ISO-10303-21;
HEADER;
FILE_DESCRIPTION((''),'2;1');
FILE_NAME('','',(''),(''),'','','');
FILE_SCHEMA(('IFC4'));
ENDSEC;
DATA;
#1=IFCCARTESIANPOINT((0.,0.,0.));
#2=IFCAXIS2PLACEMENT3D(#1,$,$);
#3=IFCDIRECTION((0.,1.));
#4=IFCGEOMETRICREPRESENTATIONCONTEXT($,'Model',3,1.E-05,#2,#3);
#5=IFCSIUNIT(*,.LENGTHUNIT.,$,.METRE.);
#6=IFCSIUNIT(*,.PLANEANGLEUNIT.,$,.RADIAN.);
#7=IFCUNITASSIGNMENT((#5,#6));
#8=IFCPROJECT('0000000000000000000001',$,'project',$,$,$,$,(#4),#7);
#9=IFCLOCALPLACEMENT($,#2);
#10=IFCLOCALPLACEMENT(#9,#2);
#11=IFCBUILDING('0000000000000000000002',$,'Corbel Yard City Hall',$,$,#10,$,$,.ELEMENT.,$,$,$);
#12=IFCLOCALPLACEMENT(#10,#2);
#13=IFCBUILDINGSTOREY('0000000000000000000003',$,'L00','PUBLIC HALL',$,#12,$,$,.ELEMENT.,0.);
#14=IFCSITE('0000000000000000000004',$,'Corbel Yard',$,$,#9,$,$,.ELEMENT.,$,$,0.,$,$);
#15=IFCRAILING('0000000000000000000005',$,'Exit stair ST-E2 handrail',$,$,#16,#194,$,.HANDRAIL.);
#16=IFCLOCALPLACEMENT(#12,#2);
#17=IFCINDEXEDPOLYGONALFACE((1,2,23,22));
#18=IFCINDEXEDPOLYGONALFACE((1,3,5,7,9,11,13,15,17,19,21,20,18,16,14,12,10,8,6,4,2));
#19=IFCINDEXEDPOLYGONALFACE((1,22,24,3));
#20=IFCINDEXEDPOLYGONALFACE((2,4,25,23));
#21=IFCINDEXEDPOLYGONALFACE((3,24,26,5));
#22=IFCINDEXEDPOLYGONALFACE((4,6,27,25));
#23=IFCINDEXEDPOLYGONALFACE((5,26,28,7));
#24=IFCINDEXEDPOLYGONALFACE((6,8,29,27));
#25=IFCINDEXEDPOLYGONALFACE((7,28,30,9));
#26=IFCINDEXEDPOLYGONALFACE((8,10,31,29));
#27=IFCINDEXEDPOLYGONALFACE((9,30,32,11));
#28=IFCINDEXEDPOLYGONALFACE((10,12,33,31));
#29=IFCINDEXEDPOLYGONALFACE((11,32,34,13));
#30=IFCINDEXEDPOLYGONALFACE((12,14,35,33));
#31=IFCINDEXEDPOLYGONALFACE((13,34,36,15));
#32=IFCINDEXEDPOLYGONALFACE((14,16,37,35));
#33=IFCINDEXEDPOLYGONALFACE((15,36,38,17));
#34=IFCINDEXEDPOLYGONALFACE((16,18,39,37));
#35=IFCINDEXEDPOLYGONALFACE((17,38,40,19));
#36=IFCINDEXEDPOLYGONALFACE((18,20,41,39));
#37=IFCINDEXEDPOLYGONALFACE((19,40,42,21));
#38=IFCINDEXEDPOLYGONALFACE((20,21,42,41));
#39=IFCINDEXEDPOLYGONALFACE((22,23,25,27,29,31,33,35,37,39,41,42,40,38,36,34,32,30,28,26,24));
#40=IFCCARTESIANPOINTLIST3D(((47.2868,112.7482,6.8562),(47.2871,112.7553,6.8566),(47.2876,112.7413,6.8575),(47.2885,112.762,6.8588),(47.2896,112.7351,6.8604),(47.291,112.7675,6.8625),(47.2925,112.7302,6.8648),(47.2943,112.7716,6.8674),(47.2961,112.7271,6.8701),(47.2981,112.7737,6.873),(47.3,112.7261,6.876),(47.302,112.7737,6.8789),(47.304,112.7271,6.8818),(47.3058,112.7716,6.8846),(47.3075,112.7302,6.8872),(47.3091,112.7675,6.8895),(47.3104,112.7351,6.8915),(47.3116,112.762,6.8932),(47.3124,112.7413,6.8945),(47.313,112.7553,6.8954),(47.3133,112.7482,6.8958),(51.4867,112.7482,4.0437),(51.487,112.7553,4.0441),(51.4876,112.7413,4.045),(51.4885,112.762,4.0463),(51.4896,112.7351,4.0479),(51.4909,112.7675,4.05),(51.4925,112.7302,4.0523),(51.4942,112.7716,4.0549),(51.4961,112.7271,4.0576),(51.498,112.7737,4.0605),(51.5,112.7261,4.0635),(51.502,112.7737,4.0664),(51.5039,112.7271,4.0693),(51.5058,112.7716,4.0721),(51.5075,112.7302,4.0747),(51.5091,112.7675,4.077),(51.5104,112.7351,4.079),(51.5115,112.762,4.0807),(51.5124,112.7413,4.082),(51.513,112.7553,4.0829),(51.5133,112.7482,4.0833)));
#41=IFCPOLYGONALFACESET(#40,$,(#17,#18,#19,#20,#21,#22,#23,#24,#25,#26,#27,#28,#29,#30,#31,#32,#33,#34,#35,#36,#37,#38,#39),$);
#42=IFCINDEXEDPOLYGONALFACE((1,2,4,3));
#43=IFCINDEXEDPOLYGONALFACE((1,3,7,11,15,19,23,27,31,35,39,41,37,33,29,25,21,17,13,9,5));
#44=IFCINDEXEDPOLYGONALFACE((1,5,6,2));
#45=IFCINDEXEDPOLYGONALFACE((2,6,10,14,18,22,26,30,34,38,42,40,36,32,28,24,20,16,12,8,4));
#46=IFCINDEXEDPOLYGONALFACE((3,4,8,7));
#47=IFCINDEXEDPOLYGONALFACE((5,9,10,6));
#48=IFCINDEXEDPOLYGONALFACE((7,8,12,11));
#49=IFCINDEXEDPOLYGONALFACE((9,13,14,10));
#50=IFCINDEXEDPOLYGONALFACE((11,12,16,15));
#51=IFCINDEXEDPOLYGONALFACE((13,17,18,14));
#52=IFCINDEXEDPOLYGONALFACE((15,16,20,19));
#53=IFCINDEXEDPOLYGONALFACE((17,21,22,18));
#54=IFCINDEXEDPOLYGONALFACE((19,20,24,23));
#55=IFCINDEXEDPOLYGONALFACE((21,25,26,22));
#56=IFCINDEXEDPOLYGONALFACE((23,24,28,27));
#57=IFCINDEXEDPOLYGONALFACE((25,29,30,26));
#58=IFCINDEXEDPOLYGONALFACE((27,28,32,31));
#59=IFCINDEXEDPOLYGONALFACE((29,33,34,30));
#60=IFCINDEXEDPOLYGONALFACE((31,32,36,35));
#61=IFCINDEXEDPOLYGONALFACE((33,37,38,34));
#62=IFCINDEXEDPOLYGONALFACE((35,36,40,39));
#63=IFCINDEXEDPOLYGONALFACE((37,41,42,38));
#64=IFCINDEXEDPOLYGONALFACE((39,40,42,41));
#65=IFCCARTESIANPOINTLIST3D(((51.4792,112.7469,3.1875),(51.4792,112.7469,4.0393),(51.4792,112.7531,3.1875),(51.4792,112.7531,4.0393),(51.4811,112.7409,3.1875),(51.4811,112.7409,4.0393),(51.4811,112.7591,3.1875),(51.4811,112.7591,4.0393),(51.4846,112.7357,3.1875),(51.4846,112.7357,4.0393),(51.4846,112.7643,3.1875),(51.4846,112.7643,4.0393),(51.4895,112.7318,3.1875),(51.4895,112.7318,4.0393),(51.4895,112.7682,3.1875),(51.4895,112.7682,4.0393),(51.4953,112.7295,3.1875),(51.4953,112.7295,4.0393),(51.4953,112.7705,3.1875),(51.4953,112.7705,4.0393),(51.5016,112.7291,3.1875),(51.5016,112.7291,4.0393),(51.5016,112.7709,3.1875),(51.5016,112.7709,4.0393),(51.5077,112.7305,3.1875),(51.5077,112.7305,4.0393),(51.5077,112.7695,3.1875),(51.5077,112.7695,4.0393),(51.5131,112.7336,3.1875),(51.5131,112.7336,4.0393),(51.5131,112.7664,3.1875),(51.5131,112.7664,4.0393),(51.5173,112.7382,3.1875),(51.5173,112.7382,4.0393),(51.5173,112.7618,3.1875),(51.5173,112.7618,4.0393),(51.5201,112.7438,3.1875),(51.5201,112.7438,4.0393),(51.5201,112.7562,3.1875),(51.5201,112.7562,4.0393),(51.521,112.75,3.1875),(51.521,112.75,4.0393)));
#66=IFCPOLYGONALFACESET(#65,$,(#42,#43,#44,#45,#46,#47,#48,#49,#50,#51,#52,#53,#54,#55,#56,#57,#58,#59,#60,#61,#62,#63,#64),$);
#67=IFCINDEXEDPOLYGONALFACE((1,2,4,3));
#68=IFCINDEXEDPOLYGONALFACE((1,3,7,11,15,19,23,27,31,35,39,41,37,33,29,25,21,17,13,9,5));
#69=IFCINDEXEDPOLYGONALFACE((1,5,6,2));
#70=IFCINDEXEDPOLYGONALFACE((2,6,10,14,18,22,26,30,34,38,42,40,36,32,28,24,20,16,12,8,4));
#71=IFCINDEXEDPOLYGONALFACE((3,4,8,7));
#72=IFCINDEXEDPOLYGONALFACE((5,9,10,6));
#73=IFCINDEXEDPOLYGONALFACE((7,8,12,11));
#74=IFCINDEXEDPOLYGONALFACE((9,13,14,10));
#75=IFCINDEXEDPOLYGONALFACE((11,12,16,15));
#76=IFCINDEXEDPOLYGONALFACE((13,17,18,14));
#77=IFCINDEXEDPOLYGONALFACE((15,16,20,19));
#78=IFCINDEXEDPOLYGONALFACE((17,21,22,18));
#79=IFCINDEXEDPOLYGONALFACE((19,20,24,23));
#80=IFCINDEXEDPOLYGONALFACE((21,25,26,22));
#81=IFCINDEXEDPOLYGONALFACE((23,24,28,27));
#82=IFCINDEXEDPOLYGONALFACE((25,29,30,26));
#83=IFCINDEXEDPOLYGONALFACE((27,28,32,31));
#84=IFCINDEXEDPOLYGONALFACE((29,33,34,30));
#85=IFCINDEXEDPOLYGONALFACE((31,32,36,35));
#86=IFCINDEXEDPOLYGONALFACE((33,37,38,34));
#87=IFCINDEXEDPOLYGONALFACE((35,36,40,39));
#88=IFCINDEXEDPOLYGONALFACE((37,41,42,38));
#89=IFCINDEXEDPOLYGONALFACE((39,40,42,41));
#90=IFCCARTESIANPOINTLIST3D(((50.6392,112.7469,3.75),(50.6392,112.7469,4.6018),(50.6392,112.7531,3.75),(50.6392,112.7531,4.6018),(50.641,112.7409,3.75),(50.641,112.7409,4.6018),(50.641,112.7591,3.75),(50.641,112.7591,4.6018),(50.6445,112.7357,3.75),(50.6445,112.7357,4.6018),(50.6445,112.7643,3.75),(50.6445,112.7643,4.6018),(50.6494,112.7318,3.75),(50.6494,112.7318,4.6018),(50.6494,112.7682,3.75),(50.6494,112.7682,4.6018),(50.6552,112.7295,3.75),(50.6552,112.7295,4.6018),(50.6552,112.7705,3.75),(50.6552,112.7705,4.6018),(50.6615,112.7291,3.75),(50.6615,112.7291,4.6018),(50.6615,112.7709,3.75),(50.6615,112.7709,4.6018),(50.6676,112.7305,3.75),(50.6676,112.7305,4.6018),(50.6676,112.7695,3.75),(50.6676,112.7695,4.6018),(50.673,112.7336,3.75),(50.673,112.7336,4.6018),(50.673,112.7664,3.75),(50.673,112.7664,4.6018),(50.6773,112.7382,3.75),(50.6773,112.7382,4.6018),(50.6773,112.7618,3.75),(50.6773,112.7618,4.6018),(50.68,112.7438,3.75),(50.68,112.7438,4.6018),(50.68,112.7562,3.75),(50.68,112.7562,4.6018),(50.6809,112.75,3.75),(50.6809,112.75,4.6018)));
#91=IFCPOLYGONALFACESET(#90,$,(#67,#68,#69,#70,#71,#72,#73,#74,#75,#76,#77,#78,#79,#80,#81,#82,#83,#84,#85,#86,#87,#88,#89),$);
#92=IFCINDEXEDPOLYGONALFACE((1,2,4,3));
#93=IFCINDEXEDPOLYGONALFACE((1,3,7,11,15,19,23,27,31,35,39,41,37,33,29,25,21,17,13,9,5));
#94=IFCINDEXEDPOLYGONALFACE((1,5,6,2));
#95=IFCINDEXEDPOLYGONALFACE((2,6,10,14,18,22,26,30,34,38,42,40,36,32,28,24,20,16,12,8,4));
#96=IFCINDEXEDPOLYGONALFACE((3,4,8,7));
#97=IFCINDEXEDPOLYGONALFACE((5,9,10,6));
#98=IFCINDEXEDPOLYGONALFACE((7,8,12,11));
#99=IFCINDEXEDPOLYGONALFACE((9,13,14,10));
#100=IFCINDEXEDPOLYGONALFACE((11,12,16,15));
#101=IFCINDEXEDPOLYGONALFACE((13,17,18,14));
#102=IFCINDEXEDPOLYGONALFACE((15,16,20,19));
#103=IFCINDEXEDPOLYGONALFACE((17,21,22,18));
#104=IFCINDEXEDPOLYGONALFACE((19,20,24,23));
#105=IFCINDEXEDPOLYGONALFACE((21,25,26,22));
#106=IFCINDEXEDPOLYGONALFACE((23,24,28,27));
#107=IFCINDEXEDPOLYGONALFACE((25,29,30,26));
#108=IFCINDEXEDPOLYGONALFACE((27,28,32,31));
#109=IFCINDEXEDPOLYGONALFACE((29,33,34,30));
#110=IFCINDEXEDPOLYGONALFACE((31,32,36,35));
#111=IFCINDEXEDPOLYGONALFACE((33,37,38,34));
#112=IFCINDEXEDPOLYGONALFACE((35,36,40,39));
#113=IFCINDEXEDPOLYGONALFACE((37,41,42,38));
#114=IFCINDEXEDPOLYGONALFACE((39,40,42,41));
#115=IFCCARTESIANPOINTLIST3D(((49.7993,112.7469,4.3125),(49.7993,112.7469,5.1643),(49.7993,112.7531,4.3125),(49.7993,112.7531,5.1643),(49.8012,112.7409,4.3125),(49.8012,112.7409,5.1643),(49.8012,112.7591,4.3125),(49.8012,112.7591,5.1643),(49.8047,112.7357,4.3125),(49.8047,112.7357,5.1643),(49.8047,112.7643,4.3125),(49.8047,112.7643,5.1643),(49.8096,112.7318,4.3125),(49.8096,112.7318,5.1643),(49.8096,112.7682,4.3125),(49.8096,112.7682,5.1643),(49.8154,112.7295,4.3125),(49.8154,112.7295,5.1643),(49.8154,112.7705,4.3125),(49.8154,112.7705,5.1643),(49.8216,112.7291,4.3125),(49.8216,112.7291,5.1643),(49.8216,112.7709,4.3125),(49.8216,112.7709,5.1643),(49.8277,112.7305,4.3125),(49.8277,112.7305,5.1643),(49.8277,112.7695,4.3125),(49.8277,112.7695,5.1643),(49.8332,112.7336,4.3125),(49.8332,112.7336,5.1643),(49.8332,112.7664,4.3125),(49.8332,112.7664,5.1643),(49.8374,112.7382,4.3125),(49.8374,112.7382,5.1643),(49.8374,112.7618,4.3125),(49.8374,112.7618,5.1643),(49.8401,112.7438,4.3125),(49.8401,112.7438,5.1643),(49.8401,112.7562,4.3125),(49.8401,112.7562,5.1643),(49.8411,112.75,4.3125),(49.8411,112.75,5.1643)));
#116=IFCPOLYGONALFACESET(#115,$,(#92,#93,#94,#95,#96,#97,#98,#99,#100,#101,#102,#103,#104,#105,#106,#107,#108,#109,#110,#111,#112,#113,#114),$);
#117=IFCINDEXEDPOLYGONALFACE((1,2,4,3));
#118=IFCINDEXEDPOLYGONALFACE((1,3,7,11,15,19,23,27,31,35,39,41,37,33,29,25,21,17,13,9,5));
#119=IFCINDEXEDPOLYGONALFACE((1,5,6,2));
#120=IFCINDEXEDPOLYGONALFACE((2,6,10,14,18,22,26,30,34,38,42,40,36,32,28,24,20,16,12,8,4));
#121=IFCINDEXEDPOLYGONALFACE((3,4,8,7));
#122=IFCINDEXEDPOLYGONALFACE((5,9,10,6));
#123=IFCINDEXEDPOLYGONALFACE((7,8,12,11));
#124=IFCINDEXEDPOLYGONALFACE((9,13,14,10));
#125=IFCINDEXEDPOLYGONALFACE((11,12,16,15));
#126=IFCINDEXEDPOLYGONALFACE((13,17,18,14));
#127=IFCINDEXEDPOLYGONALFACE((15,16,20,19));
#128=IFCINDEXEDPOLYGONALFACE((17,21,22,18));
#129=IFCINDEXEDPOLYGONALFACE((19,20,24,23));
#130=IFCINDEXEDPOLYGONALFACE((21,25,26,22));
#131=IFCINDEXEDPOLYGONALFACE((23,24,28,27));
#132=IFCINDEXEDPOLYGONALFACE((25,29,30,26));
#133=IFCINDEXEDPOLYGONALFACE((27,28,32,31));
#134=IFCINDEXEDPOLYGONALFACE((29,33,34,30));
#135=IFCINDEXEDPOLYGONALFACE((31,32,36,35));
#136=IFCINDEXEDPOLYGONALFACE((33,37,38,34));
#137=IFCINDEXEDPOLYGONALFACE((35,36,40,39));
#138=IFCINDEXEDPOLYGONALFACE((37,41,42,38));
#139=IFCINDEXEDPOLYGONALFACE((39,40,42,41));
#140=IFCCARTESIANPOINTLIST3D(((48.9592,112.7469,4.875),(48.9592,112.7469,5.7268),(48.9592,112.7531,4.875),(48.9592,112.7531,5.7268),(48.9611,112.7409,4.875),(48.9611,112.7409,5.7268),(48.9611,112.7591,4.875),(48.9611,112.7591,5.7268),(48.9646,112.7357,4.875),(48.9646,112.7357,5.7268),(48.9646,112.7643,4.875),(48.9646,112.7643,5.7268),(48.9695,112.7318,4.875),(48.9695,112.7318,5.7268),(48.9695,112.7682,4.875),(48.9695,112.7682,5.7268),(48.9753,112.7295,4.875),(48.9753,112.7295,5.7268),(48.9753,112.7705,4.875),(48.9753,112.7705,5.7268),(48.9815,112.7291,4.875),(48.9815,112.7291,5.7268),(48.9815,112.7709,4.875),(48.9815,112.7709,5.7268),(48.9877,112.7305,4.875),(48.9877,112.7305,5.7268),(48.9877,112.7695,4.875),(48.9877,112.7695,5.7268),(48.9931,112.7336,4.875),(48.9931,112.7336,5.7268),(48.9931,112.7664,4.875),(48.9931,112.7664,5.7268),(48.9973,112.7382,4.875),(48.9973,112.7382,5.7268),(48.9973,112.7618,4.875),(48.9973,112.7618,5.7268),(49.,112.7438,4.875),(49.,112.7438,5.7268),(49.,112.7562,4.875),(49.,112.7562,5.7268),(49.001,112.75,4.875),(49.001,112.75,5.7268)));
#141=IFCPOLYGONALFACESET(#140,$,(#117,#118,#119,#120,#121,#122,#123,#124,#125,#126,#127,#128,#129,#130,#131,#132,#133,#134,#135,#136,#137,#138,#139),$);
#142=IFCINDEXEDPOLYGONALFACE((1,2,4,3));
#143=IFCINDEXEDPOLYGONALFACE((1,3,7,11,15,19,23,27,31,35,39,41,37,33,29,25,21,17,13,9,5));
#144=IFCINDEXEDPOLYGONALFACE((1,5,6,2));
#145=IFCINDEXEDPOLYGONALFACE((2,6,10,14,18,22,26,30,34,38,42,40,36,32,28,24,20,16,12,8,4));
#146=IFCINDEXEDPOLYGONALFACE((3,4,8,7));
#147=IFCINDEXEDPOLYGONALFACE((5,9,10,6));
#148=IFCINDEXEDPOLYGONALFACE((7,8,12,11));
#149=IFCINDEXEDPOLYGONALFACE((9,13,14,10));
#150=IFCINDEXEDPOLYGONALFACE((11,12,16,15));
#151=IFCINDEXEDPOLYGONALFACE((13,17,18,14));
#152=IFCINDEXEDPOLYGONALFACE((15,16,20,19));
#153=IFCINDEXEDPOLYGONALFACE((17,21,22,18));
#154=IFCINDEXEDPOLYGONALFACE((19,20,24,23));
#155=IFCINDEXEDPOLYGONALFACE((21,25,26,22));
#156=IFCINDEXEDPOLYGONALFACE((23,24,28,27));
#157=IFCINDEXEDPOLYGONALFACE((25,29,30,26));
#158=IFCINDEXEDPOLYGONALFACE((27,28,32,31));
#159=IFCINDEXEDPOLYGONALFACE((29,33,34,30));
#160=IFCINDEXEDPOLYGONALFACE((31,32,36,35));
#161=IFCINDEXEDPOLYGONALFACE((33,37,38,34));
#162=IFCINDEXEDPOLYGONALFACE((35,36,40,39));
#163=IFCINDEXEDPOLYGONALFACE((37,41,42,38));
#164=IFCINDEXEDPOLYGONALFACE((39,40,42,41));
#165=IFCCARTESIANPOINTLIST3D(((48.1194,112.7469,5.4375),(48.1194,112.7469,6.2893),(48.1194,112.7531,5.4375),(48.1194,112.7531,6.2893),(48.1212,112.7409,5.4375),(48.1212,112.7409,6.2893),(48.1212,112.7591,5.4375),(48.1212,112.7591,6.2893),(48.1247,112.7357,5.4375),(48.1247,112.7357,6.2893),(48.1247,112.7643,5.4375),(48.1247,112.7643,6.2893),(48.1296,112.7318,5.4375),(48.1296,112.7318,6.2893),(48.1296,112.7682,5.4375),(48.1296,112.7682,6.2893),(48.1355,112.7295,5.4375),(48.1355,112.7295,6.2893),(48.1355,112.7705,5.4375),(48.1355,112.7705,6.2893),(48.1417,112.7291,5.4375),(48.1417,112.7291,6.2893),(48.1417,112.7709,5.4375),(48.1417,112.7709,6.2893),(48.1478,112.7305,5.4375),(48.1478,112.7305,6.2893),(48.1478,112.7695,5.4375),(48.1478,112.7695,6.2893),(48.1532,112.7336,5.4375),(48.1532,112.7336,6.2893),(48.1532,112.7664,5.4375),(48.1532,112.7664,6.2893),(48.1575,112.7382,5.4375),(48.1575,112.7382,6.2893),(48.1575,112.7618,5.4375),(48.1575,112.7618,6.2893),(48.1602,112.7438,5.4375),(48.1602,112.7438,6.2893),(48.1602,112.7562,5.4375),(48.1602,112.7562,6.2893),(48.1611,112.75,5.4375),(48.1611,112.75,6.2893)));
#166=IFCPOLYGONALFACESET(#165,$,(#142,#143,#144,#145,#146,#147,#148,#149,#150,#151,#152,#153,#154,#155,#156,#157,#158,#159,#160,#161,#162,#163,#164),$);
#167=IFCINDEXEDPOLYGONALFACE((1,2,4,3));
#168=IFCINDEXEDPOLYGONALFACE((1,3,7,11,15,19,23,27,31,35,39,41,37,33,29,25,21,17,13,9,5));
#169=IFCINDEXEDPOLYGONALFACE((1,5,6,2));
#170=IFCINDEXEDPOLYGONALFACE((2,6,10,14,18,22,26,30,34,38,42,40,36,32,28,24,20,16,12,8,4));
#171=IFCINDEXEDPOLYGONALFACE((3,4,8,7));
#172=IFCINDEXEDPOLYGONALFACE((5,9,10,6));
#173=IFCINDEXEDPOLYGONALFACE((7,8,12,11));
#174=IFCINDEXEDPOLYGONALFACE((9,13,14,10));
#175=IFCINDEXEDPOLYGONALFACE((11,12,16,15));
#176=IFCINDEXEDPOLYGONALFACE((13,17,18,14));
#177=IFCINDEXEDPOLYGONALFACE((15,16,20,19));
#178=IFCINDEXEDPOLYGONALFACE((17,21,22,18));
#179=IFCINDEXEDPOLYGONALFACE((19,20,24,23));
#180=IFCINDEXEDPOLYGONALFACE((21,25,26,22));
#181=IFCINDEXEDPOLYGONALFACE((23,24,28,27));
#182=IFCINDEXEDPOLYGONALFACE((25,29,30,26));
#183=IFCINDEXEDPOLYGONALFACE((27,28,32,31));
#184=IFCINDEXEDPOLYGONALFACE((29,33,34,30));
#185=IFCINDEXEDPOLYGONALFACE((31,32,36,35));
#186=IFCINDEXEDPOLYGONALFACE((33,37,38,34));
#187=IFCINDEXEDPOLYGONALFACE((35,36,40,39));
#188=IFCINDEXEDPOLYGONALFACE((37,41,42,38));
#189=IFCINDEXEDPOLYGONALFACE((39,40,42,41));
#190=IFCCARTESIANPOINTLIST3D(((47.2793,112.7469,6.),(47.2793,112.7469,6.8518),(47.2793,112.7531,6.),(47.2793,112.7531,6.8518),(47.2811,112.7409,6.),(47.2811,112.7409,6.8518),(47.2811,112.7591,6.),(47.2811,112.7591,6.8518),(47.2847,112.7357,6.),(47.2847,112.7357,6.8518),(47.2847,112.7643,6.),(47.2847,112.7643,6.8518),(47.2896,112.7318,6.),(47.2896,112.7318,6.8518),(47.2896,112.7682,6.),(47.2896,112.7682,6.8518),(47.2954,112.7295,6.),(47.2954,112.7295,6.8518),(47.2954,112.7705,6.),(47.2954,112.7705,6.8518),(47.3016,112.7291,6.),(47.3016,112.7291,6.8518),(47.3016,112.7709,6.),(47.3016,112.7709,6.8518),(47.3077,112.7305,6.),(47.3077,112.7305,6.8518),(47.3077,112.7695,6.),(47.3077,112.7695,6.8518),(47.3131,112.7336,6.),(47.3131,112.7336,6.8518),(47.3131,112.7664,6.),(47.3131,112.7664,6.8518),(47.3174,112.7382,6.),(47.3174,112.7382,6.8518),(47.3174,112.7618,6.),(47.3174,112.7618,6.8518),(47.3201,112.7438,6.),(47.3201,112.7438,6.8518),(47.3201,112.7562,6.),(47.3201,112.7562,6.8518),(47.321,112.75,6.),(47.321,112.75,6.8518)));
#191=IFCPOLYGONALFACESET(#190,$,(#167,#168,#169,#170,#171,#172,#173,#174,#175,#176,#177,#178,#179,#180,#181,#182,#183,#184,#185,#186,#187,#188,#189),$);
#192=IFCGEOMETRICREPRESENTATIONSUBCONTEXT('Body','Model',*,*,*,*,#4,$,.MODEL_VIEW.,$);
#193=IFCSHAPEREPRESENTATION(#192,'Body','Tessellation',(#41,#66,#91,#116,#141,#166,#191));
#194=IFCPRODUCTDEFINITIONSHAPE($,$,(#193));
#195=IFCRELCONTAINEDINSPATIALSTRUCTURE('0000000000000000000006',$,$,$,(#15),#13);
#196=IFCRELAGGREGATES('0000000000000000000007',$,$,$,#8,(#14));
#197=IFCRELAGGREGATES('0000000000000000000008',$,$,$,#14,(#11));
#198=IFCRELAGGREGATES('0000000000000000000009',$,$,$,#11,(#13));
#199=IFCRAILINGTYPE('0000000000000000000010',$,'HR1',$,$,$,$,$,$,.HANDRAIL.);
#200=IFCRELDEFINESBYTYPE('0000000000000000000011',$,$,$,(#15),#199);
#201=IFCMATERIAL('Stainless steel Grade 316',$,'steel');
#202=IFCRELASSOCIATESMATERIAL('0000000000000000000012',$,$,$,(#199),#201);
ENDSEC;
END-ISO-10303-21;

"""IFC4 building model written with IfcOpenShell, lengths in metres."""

from ifc_helpers import new_model, si_unit, direction, frame, origin, origin_2d, place, context, subcontext, project, spatial, circle, extrude, material, type_object, element, save


model = new_model("IFC4")

# Units and contexts
model_context = context("Model", 3, precision=1e-05, world=origin(), true_north=direction((0.0, 1.0)))
body_context = subcontext(model_context, "Body", "Model", "MODEL_VIEW")
ifc_project = project(units=[si_unit("LENGTHUNIT", "METRE"), si_unit("PLANEANGLEUNIT", "RADIAN")], contexts=[model_context])

# Site, building, storey
site_placement = place(None, origin())
site = spatial("IfcSite", under=ifc_project, at=site_placement, Name="Corbel Yard", CompositionType="ELEMENT", RefElevation=0.0)
building_placement = place(site_placement, origin())
building = spatial("IfcBuilding", under=site, at=building_placement, Name="Corbel Yard City Hall", CompositionType="ELEMENT")
storey_placement = place(building_placement, origin())
storey = spatial("IfcBuildingStorey", under=building, at=storey_placement, Name="L00", Description="PUBLIC HALL", CompositionType="ELEMENT", Elevation=0.0)

# Railing
ifc_material_1 = material(Name="Stainless steel Grade 316", Category="steel")
railing_type = type_object("IfcRailingType", Name="HR1", PredefinedType="HANDRAIL", material=ifc_material_1)
for number, where, name in (
    (1, (51.5, 112.75, 3.1875), "Exit stair ST-E2 handrail"),
):
    element("IfcRailing", number, at=place(storey_placement, frame(where)), inside=storey, type_object=railing_type, Name=name, PredefinedType="HANDRAIL", context=body_context, shape_type="SweptSolid", body=[
        extrude(circle(Radius=0.0239, at=origin_2d()), frame((0.0, 0.0, 0.876), z_axis=(-0.830904, 0.0, 0.556416), x_axis=(0.0, -1.0, 0.0)), (0.0, 0.0, 1.0), 5.0547),
        extrude(circle(Radius=0.021, at=origin_2d()), origin(), (0.0, 0.0, 1.0), 0.8518),
        extrude(circle(Radius=0.021, at=origin_2d()), frame((-0.8401, 0.0, 0.5625)), (0.0, 0.0, 1.0), 0.8518),
        extrude(circle(Radius=0.021, at=origin_2d()), frame((-1.6799, 0.0, 1.125)), (0.0, 0.0, 1.0), 0.8518),
        extrude(circle(Radius=0.021, at=origin_2d()), frame((-2.52, 0.0, 1.6875)), (0.0, 0.0, 1.0), 0.8518),
        extrude(circle(Radius=0.021, at=origin_2d()), frame((-3.3599, 0.0, 2.25)), (0.0, 0.0, 1.0), 0.8518),
        extrude(circle(Radius=0.021, at=origin_2d()), frame((-4.2, 0.0, 2.8125)), (0.0, 0.0, 1.0), 0.8518),
    ])

save(model, "model.ifc")
